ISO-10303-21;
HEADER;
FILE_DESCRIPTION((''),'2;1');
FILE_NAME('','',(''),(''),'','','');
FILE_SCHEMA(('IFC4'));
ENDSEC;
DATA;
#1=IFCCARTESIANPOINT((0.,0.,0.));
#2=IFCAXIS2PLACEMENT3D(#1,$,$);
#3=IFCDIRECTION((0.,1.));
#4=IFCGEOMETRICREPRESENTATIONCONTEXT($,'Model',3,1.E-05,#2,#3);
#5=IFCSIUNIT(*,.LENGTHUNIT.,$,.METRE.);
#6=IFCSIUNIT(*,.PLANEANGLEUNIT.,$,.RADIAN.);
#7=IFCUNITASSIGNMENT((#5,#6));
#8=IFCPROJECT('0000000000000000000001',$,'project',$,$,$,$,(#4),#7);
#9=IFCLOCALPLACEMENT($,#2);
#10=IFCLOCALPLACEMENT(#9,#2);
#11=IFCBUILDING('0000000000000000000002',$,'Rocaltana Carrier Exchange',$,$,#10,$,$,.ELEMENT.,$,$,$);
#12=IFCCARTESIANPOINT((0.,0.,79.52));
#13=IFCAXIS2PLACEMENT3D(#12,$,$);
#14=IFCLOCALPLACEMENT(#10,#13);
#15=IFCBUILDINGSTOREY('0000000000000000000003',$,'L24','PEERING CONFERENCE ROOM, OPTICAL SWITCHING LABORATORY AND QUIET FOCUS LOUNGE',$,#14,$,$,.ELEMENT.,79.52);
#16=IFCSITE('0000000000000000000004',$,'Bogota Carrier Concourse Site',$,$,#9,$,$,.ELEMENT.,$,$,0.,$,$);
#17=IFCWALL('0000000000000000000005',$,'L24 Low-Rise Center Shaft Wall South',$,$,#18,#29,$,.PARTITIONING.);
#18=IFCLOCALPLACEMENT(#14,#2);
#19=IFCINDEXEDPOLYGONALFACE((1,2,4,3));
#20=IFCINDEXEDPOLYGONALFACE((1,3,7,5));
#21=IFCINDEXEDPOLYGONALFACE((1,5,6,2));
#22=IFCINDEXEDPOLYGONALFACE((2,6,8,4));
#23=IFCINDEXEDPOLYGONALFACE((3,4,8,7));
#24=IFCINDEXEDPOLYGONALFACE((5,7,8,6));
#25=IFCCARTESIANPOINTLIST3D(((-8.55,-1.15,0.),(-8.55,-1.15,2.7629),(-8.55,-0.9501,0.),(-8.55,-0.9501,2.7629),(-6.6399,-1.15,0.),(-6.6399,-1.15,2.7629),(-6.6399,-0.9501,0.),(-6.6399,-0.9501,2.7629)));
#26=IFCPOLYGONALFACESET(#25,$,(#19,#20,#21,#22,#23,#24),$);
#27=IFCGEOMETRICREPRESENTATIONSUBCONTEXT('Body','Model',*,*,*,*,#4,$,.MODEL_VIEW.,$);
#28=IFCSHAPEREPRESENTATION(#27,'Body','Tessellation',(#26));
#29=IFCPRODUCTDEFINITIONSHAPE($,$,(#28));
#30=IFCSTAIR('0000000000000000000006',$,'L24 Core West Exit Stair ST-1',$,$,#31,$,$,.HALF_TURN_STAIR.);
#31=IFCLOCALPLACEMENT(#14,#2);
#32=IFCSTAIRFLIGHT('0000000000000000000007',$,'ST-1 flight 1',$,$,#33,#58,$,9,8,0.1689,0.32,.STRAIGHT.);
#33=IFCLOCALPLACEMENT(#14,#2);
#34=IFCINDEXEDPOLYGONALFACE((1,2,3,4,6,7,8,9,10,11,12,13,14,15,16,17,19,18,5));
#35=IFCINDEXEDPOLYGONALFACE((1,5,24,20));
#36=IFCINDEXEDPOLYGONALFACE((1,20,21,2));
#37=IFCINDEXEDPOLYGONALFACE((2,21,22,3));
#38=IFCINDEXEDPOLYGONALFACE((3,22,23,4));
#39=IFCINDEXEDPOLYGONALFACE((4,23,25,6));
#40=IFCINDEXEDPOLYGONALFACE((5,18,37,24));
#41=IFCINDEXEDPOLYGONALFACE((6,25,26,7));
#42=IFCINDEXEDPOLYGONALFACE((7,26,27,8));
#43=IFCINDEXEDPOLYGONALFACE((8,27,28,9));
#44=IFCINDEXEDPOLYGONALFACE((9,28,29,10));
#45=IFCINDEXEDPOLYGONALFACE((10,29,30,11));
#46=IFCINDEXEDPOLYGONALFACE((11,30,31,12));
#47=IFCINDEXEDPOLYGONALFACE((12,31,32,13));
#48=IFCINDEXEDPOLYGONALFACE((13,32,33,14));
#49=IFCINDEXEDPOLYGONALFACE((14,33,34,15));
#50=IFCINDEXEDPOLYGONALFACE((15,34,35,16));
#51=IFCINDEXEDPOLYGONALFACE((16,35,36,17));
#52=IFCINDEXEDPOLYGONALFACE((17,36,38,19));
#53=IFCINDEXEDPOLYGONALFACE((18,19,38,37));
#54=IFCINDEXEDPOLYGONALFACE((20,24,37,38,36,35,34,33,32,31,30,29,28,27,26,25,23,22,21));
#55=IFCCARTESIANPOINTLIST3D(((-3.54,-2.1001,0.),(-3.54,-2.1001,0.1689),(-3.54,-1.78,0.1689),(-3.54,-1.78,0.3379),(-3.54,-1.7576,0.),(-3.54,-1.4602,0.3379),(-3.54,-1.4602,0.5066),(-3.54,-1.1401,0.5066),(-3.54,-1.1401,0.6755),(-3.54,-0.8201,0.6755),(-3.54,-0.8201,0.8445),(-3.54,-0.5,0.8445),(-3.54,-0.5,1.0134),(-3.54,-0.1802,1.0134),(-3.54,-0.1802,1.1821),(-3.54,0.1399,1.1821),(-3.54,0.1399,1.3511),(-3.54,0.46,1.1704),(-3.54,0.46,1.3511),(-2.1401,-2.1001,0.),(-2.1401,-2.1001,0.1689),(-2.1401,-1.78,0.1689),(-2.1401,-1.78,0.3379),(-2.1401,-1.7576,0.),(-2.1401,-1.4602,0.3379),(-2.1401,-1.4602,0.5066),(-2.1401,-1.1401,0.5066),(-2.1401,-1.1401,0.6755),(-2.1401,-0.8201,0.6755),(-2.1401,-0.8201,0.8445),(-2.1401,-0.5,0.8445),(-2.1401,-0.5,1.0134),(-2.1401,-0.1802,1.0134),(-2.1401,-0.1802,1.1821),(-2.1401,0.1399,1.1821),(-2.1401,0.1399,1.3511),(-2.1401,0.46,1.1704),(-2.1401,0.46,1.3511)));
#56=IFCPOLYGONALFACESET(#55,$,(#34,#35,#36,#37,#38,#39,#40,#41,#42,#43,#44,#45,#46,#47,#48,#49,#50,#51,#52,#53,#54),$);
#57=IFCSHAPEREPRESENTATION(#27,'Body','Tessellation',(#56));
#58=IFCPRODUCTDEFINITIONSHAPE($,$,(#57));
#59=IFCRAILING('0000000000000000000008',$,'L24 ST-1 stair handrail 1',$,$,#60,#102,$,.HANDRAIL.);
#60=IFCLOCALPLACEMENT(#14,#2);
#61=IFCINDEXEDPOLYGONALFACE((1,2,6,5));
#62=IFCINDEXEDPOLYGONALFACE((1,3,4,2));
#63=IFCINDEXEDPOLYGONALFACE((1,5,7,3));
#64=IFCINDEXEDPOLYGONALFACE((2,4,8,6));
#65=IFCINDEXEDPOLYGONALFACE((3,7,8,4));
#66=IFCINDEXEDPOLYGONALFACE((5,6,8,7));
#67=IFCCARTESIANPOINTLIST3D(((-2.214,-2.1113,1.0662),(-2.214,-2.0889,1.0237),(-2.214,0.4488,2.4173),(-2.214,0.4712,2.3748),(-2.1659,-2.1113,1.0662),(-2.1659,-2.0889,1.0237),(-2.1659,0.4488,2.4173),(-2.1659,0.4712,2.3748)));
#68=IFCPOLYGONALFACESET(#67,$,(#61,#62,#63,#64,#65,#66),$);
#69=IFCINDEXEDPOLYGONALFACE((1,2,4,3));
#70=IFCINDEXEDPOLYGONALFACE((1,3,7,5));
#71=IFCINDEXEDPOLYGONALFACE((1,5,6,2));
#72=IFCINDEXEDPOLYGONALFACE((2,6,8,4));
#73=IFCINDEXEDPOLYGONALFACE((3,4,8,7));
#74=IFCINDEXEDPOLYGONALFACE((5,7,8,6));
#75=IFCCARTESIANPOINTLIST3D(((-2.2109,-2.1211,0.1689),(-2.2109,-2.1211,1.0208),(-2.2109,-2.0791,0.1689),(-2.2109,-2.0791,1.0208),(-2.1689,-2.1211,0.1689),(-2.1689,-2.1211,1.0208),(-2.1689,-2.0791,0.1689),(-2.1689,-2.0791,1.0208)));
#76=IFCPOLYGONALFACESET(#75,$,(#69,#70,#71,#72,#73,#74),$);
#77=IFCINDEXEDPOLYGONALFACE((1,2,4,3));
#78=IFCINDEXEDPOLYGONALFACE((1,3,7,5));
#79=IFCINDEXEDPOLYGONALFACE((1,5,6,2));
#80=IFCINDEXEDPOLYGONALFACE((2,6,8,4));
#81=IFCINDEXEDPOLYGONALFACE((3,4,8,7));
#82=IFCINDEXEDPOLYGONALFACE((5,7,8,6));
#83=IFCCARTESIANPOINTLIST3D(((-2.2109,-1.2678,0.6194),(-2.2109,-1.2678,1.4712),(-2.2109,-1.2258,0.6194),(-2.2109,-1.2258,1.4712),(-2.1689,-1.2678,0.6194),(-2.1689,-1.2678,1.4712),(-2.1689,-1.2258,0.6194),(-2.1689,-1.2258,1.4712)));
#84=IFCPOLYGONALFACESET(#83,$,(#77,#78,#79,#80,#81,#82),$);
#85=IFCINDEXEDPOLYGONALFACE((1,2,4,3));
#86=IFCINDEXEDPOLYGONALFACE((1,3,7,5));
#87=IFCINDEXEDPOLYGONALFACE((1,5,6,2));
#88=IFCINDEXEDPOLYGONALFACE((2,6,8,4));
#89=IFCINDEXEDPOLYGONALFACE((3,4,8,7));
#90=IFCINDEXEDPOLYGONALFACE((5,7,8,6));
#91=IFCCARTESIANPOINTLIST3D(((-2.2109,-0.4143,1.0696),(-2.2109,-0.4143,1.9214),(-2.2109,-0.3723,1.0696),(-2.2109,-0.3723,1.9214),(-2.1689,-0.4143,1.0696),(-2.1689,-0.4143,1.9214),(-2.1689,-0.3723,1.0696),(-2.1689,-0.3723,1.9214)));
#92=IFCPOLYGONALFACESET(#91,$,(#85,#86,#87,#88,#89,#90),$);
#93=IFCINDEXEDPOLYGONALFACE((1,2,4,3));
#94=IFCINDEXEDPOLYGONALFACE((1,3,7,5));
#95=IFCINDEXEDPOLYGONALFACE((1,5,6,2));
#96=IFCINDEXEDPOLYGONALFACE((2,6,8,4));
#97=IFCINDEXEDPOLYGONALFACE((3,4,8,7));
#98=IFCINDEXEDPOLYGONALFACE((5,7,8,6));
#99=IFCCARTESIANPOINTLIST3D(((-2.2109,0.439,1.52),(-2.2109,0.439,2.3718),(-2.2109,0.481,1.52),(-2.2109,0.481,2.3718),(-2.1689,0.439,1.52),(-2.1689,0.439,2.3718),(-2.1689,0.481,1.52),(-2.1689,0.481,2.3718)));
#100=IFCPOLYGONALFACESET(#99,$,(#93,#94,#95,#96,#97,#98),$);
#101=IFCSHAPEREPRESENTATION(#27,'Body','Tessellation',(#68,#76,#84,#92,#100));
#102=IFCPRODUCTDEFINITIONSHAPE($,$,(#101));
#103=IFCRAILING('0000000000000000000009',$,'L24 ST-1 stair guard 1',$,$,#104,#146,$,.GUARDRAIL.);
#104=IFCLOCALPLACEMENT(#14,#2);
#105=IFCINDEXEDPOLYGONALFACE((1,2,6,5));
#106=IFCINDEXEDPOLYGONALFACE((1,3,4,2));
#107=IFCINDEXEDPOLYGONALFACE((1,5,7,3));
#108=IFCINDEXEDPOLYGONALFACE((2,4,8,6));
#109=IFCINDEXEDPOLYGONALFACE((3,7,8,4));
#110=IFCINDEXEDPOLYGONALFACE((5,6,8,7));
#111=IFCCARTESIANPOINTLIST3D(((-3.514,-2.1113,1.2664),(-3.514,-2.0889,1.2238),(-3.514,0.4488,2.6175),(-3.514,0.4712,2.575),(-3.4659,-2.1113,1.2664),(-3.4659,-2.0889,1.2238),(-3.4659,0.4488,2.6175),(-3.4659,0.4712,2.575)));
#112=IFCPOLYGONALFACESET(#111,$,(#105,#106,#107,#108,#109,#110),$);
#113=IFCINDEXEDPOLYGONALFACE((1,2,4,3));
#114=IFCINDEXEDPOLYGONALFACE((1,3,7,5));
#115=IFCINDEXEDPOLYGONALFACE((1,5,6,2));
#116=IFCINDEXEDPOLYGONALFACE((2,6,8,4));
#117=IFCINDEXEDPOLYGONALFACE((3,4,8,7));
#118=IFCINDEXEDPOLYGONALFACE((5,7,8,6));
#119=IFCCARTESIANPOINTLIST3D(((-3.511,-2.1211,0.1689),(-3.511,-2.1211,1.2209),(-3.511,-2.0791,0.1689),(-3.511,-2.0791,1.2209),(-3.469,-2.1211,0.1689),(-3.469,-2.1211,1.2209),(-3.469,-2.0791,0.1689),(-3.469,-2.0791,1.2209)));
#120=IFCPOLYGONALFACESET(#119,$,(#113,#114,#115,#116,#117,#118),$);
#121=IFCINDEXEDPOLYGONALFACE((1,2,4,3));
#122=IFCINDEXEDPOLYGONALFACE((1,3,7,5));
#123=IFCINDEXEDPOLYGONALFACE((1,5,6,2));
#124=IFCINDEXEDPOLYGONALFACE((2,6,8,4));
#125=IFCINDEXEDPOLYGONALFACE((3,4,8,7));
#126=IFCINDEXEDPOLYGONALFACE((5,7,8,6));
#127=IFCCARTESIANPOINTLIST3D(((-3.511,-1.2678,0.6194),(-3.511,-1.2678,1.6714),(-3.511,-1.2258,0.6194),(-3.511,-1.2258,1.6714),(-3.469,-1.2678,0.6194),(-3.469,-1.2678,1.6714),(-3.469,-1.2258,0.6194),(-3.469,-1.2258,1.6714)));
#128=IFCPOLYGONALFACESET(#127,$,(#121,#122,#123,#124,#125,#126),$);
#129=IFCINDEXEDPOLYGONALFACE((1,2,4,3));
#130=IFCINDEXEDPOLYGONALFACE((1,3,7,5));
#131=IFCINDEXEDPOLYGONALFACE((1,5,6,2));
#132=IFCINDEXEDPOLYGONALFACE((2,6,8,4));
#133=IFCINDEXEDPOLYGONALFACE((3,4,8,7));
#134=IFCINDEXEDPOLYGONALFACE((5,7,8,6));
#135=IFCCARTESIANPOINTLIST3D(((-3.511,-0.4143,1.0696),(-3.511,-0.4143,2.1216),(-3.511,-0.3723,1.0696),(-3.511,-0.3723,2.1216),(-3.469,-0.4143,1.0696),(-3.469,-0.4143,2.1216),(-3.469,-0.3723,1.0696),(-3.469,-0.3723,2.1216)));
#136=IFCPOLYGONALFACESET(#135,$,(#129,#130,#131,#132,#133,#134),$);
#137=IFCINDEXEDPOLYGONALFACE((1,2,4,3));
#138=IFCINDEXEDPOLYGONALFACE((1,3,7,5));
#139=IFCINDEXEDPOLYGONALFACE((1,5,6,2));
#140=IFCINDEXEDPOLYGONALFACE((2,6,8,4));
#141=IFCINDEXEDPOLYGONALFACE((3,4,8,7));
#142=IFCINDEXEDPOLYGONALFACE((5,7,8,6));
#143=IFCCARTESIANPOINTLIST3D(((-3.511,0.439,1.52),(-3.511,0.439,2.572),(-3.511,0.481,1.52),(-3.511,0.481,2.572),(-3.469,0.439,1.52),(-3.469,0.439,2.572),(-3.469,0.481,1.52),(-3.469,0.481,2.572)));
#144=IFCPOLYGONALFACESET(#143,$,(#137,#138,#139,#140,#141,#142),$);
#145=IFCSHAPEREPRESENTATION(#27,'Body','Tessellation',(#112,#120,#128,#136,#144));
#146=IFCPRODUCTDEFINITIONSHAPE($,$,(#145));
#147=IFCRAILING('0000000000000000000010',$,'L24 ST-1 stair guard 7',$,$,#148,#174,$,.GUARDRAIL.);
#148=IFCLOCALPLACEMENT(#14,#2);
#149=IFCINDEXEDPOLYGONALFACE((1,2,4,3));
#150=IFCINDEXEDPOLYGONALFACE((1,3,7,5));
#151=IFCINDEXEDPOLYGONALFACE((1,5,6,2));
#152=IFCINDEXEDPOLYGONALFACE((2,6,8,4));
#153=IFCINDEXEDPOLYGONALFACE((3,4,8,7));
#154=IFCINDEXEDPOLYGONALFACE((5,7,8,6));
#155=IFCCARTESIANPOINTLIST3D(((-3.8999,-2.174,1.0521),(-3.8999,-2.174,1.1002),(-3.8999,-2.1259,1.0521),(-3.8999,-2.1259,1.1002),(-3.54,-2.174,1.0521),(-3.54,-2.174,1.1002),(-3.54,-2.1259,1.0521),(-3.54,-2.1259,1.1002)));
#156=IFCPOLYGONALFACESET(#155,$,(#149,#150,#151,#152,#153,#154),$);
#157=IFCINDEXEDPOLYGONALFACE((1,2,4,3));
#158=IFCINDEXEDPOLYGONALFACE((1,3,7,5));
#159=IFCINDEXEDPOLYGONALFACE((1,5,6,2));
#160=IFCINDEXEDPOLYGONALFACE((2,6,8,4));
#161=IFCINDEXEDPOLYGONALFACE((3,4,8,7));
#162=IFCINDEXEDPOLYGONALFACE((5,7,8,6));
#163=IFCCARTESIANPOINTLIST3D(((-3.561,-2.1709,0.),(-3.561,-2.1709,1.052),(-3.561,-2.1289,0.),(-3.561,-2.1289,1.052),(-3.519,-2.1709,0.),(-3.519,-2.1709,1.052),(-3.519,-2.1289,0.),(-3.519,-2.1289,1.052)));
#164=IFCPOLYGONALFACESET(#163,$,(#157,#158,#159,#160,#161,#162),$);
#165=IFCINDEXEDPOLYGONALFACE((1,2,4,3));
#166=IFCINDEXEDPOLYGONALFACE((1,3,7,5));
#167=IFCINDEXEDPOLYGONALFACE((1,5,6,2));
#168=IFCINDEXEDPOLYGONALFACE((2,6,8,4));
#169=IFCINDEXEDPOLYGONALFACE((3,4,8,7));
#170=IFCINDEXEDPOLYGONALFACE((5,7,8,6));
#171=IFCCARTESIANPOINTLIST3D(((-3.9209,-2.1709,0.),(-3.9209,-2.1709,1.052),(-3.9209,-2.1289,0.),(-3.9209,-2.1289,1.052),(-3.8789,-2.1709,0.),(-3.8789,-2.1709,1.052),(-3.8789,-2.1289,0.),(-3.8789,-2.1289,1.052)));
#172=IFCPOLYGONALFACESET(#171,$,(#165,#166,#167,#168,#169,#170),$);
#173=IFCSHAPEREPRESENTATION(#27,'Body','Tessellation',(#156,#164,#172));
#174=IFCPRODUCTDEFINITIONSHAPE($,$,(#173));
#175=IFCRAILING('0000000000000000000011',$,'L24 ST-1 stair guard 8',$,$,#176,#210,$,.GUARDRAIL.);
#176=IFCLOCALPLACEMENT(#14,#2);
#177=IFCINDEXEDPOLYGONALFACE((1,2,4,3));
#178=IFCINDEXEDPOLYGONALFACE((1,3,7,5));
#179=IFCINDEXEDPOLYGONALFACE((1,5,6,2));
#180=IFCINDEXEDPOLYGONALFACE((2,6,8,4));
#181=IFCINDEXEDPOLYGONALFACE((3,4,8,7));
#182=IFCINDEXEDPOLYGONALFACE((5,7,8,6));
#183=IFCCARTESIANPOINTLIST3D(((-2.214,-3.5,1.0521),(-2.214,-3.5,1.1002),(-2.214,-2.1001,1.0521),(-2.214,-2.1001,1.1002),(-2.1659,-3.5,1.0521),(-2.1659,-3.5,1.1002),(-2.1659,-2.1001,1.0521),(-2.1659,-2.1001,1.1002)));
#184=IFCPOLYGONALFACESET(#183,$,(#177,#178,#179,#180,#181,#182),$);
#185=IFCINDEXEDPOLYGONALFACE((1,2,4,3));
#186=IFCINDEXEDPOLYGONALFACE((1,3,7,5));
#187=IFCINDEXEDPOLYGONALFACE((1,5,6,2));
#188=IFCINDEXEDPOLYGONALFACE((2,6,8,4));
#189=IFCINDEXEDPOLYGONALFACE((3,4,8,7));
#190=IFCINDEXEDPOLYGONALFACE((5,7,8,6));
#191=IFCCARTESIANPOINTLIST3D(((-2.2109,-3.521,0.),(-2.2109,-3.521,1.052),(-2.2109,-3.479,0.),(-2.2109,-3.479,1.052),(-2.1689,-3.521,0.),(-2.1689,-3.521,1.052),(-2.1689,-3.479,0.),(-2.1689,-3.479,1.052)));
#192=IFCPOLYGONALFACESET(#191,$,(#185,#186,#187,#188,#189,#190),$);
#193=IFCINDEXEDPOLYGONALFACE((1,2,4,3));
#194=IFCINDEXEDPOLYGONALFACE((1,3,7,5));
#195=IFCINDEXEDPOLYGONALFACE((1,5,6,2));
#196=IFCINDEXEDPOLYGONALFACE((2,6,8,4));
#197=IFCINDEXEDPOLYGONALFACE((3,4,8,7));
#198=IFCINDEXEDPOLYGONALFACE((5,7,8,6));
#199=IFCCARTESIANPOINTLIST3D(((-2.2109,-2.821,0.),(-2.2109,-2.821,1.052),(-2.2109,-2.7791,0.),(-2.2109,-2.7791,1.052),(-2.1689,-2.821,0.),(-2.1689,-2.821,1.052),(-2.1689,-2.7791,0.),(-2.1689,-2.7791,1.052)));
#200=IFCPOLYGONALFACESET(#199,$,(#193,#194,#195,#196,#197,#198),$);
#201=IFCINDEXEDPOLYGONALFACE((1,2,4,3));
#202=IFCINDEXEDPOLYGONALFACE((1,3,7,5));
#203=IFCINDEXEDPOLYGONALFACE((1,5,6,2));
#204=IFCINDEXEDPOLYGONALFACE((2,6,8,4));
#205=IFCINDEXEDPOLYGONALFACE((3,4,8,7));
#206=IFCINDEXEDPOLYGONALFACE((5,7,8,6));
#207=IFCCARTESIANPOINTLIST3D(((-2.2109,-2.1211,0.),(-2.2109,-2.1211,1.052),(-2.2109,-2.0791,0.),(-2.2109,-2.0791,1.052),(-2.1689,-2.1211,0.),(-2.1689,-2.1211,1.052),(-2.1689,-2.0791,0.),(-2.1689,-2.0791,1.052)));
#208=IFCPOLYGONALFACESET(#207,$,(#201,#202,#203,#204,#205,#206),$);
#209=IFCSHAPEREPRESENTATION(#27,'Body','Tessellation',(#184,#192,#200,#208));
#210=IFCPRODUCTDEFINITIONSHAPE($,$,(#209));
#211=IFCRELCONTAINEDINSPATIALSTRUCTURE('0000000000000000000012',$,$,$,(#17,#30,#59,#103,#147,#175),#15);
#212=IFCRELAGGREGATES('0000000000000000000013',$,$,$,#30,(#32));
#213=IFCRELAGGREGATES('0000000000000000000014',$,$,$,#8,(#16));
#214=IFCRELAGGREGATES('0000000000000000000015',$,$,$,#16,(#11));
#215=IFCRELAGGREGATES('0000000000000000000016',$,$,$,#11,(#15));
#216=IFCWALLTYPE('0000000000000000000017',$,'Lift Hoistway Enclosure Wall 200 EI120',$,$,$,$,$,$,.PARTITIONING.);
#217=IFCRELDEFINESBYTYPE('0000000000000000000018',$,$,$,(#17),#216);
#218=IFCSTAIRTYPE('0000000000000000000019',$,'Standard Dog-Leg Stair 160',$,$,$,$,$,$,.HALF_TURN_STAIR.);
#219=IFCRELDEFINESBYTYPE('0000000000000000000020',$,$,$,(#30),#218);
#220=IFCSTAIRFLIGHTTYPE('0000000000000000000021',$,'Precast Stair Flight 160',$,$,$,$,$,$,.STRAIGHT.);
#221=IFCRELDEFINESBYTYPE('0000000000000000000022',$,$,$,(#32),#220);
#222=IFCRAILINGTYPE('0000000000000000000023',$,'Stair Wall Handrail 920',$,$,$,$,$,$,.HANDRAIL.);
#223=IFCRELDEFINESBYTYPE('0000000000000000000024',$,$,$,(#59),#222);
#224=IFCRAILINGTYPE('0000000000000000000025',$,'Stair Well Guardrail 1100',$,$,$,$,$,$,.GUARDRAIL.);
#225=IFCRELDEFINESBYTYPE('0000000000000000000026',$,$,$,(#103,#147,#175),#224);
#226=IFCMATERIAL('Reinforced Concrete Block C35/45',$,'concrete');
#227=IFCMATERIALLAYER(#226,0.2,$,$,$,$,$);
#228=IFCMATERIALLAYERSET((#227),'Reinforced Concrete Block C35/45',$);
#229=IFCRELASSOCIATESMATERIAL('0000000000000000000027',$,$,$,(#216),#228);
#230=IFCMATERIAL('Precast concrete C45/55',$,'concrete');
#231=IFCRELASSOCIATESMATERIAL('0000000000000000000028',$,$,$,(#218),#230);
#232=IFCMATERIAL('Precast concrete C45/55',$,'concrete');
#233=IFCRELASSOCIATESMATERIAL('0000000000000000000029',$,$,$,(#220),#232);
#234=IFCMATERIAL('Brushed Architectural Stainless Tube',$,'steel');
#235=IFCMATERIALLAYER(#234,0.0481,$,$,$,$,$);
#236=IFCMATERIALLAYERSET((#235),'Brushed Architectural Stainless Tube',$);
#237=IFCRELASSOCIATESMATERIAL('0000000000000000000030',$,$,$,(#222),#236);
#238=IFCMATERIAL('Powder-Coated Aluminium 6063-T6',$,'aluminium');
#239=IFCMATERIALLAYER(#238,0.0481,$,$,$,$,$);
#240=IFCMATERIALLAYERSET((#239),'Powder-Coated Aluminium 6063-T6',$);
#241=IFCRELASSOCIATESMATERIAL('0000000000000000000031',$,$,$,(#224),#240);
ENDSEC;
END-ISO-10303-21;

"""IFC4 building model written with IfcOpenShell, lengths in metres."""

from ifc_helpers import new_model, si_unit, direction, frame, frame_2d, origin, origin_2d, place, context, subcontext, project, spatial, polyline, rectangle, outline, extrude, material, layer, layer_set, type_object, element, aggregate, save


model = new_model("IFC4")

# Units and contexts
model_context = context("Model", 3, precision=1e-05, world=origin(), true_north=direction((0.0, 1.0)))
body_context = subcontext(model_context, "Body", "Model", "MODEL_VIEW")
ifc_project = project(units=[si_unit("LENGTHUNIT", "METRE"), si_unit("PLANEANGLEUNIT", "RADIAN")], contexts=[model_context])

# Site, building, storey
site_placement = place(None, origin())
site = spatial("IfcSite", under=ifc_project, at=site_placement, Name="Bogota Carrier Concourse Site", CompositionType="ELEMENT", RefElevation=0.0)
building_placement = place(site_placement, origin())
building = spatial("IfcBuilding", under=site, at=building_placement, Name="Rocaltana Carrier Exchange", CompositionType="ELEMENT")
storey_placement = place(building_placement, frame((0.0, 0.0, 79.52)))
storey = spatial("IfcBuildingStorey", under=building, at=storey_placement, Name="L24", Description="PEERING CONFERENCE ROOM, OPTICAL SWITCHING LABORATORY AND QUIET FOCUS LOUNGE", CompositionType="ELEMENT", Elevation=79.52)

# Wall
ifc_material_1 = material(Name="Reinforced Concrete Block C35/45", Category="concrete")
ifc_layer_1 = layer(ifc_material_1, 0.2)
ifc_layer_set_1 = layer_set([ifc_layer_1], Name="Reinforced Concrete Block C35/45")
wall_type_1 = type_object("IfcWallType", Name="Lift Hoistway Enclosure Wall 200 EI120", PredefinedType="PARTITIONING", material=ifc_layer_set_1)
wall_1_placement = place(storey_placement, frame((-8.55, -1.05, 0.0), z_axis=(0.0, 0.0, 1.0), x_axis=(1.0, 0.0, 0.0)))
element("IfcWall", 1, at=wall_1_placement, inside=storey, type_object=wall_type_1, Name="L24 Low-Rise Center Shaft Wall South", PredefinedType="PARTITIONING", context=body_context, shape_type="SweptSolid", body=[
    extrude(rectangle(XDim=1.9102, YDim=0.2, at=frame_2d((0.9551, 0.0))), origin(), (0.0, 0.0, 1.0), 2.7629),
])

# Stair, stair flight
ifc_material_2 = material(Name="Precast concrete C45/55", Category="concrete")
stair_type = type_object("IfcStairType", Name="Standard Dog-Leg Stair 160", PredefinedType="HALF_TURN_STAIR", material=ifc_material_2)
stair_placement = place(storey_placement, origin())
stair = element("IfcStair", 2, at=stair_placement, inside=storey, type_object=stair_type, Name="L24 Core West Exit Stair ST-1", PredefinedType="HALF_TURN_STAIR")
ifc_material_3 = material(Name="Precast concrete C45/55", Category="concrete")
stair_flight_type = type_object("IfcStairFlightType", Name="Precast Stair Flight 160", PredefinedType="STRAIGHT", material=ifc_material_3)
stair_flight_placement = place(storey_placement, frame((-2.8401, -2.1001, 0.0), z_axis=(0.0, 0.0, 1.0), x_axis=(0.0, 1.0, 0.0)))
stair_flight = element("IfcStairFlight", 3, at=stair_flight_placement, type_object=stair_flight_type, Name="ST-1 flight 1", NumberOfRisers=9, NumberOfTreads=8, PredefinedType="STRAIGHT", RiserHeight=0.1689, TreadLength=0.32, context=body_context, shape_type="SweptSolid", body=[
    extrude(outline(polyline([(0.0, 0.0), (0.0, 0.1689), (0.3201, 0.1689), (0.3201, 0.3379), (0.6399, 0.3379), (0.6399, 0.5066), (0.96, 0.5066), (0.96, 0.6755), (1.28, 0.6755), (1.28, 0.8445), (1.6001, 0.8445), (1.6001, 1.0134), (1.9199, 1.0134), (1.9199, 1.1821), (2.24, 1.1821), (2.24, 1.3511), (2.5601, 1.3511), (2.5601, 1.52), (2.5601, 1.1704), (0.3425, 0.0), (0.0, 0.0)])), frame((0.0, 0.7, 0.0), z_axis=(0.0, -1.0, 0.0), x_axis=(1.0, 0.0, 0.0)), (0.0, 0.0, 1.0), 1.3999),
])
aggregate(stair, [stair_flight])

# Railings
ifc_material_4 = material(Name="Brushed Architectural Stainless Tube", Category="steel")
ifc_layer_2 = layer(ifc_material_4, 0.0481)
ifc_layer_set_2 = layer_set([ifc_layer_2], Name="Brushed Architectural Stainless Tube")
railing_type_1 = type_object("IfcRailingType", Name="Stair Wall Handrail 920", PredefinedType="HANDRAIL", material=ifc_layer_set_2)
railing_1_placement = place(storey_placement, frame((-2.1899, -2.1001, 0.1689)))
element("IfcRailing", 4, at=railing_1_placement, inside=storey, type_object=railing_type_1, Name="L24 ST-1 stair handrail 1", PredefinedType="HANDRAIL", context=body_context, shape_type="SweptSolid", body=[
    extrude(rectangle(XDim=0.0481, YDim=0.0481, at=origin_2d()), frame((0.0, 0.0, 0.876), z_axis=(0.0, 0.884394, 0.46674), x_axis=(-1.0, 0.0, 0.0)), (0.0, 0.0, 1.0), 2.8948),
    extrude(rectangle(XDim=0.042, YDim=0.042, at=origin_2d()), origin(), (0.0, 0.0, 1.0), 0.8518),
    extrude(rectangle(XDim=0.042, YDim=0.042, at=origin_2d()), frame((0.0, 0.8533, 0.4504)), (0.0, 0.0, 1.0), 0.8518),
    extrude(rectangle(XDim=0.042, YDim=0.042, at=origin_2d()), frame((0.0, 1.7068, 0.9006)), (0.0, 0.0, 1.0), 0.8518),
    extrude(rectangle(XDim=0.042, YDim=0.042, at=origin_2d()), frame((0.0, 2.5601, 1.3511)), (0.0, 0.0, 1.0), 0.8518),
])
ifc_material_5 = material(Name="Powder-Coated Aluminium 6063-T6", Category="aluminium")
ifc_layer_3 = layer(ifc_material_5, 0.0481)
ifc_layer_set_3 = layer_set([ifc_layer_3], Name="Powder-Coated Aluminium 6063-T6")
railing_type_2 = type_object("IfcRailingType", Name="Stair Well Guardrail 1100", PredefinedType="GUARDRAIL", material=ifc_layer_set_3)
railing_2_placement = place(storey_placement, frame((-3.49, -2.1001, 0.1689)))
element("IfcRailing", 5, at=railing_2_placement, inside=storey, type_object=railing_type_2, Name="L24 ST-1 stair guard 1", PredefinedType="GUARDRAIL", context=body_context, shape_type="SweptSolid", body=[
    extrude(rectangle(XDim=0.0481, YDim=0.0481, at=origin_2d()), frame((0.0, 0.0, 1.0762), z_axis=(0.0, 0.884394, 0.46674), x_axis=(-1.0, 0.0, 0.0)), (0.0, 0.0, 1.0), 2.8948),
    extrude(rectangle(XDim=0.042, YDim=0.042, at=origin_2d()), origin(), (0.0, 0.0, 1.0), 1.052),
    extrude(rectangle(XDim=0.042, YDim=0.042, at=origin_2d()), frame((0.0, 0.8533, 0.4504)), (0.0, 0.0, 1.0), 1.052),
    extrude(rectangle(XDim=0.042, YDim=0.042, at=origin_2d()), frame((0.0, 1.7068, 0.9006)), (0.0, 0.0, 1.0), 1.052),
    extrude(rectangle(XDim=0.042, YDim=0.042, at=origin_2d()), frame((0.0, 2.5601, 1.3511)), (0.0, 0.0, 1.0), 1.052),
])
railing_3_placement = place(storey_placement, frame((-3.54, -2.1499, 0.0)))
element("IfcRailing", 6, at=railing_3_placement, inside=storey, type_object=railing_type_2, Name="L24 ST-1 stair guard 7", PredefinedType="GUARDRAIL", context=body_context, shape_type="SweptSolid", body=[
    extrude(rectangle(XDim=0.0481, YDim=0.0481, at=origin_2d()), frame((0.0, 0.0, 1.0762), z_axis=(-1.0, 0.0, 0.0), x_axis=(0.0, -1.0, 0.0)), (0.0, 0.0, 1.0), 0.3599),
    extrude(rectangle(XDim=0.042, YDim=0.042, at=origin_2d()), origin(), (0.0, 0.0, 1.0), 1.052),
    extrude(rectangle(XDim=0.042, YDim=0.042, at=origin_2d()), frame((-0.3599, 0.0, 0.0)), (0.0, 0.0, 1.0), 1.052),
])
for number, where, name in (
    (7, (-2.1899, -3.5, 0.0), "L24 ST-1 stair guard 8"),
):
    element("IfcRailing", number, at=place(storey_placement, frame(where)), inside=storey, type_object=railing_type_2, Name=name, PredefinedType="GUARDRAIL", context=body_context, shape_type="SweptSolid", body=[
        extrude(rectangle(XDim=0.0481, YDim=0.0481, at=origin_2d()), frame((0.0, 0.0, 1.0762), z_axis=(0.0, 1.0, 0.0), x_axis=(-1.0, 0.0, 0.0)), (0.0, 0.0, 1.0), 1.3999),
        extrude(rectangle(XDim=0.042, YDim=0.042, at=origin_2d()), origin(), (0.0, 0.0, 1.0), 1.052),
        extrude(rectangle(XDim=0.042, YDim=0.042, at=origin_2d()), frame((0.0, 0.7, 0.0)), (0.0, 0.0, 1.0), 1.052),
        extrude(rectangle(XDim=0.042, YDim=0.042, at=origin_2d()), frame((0.0, 1.3999, 0.0)), (0.0, 0.0, 1.0), 1.052),
    ])

save(model, "model.ifc")
